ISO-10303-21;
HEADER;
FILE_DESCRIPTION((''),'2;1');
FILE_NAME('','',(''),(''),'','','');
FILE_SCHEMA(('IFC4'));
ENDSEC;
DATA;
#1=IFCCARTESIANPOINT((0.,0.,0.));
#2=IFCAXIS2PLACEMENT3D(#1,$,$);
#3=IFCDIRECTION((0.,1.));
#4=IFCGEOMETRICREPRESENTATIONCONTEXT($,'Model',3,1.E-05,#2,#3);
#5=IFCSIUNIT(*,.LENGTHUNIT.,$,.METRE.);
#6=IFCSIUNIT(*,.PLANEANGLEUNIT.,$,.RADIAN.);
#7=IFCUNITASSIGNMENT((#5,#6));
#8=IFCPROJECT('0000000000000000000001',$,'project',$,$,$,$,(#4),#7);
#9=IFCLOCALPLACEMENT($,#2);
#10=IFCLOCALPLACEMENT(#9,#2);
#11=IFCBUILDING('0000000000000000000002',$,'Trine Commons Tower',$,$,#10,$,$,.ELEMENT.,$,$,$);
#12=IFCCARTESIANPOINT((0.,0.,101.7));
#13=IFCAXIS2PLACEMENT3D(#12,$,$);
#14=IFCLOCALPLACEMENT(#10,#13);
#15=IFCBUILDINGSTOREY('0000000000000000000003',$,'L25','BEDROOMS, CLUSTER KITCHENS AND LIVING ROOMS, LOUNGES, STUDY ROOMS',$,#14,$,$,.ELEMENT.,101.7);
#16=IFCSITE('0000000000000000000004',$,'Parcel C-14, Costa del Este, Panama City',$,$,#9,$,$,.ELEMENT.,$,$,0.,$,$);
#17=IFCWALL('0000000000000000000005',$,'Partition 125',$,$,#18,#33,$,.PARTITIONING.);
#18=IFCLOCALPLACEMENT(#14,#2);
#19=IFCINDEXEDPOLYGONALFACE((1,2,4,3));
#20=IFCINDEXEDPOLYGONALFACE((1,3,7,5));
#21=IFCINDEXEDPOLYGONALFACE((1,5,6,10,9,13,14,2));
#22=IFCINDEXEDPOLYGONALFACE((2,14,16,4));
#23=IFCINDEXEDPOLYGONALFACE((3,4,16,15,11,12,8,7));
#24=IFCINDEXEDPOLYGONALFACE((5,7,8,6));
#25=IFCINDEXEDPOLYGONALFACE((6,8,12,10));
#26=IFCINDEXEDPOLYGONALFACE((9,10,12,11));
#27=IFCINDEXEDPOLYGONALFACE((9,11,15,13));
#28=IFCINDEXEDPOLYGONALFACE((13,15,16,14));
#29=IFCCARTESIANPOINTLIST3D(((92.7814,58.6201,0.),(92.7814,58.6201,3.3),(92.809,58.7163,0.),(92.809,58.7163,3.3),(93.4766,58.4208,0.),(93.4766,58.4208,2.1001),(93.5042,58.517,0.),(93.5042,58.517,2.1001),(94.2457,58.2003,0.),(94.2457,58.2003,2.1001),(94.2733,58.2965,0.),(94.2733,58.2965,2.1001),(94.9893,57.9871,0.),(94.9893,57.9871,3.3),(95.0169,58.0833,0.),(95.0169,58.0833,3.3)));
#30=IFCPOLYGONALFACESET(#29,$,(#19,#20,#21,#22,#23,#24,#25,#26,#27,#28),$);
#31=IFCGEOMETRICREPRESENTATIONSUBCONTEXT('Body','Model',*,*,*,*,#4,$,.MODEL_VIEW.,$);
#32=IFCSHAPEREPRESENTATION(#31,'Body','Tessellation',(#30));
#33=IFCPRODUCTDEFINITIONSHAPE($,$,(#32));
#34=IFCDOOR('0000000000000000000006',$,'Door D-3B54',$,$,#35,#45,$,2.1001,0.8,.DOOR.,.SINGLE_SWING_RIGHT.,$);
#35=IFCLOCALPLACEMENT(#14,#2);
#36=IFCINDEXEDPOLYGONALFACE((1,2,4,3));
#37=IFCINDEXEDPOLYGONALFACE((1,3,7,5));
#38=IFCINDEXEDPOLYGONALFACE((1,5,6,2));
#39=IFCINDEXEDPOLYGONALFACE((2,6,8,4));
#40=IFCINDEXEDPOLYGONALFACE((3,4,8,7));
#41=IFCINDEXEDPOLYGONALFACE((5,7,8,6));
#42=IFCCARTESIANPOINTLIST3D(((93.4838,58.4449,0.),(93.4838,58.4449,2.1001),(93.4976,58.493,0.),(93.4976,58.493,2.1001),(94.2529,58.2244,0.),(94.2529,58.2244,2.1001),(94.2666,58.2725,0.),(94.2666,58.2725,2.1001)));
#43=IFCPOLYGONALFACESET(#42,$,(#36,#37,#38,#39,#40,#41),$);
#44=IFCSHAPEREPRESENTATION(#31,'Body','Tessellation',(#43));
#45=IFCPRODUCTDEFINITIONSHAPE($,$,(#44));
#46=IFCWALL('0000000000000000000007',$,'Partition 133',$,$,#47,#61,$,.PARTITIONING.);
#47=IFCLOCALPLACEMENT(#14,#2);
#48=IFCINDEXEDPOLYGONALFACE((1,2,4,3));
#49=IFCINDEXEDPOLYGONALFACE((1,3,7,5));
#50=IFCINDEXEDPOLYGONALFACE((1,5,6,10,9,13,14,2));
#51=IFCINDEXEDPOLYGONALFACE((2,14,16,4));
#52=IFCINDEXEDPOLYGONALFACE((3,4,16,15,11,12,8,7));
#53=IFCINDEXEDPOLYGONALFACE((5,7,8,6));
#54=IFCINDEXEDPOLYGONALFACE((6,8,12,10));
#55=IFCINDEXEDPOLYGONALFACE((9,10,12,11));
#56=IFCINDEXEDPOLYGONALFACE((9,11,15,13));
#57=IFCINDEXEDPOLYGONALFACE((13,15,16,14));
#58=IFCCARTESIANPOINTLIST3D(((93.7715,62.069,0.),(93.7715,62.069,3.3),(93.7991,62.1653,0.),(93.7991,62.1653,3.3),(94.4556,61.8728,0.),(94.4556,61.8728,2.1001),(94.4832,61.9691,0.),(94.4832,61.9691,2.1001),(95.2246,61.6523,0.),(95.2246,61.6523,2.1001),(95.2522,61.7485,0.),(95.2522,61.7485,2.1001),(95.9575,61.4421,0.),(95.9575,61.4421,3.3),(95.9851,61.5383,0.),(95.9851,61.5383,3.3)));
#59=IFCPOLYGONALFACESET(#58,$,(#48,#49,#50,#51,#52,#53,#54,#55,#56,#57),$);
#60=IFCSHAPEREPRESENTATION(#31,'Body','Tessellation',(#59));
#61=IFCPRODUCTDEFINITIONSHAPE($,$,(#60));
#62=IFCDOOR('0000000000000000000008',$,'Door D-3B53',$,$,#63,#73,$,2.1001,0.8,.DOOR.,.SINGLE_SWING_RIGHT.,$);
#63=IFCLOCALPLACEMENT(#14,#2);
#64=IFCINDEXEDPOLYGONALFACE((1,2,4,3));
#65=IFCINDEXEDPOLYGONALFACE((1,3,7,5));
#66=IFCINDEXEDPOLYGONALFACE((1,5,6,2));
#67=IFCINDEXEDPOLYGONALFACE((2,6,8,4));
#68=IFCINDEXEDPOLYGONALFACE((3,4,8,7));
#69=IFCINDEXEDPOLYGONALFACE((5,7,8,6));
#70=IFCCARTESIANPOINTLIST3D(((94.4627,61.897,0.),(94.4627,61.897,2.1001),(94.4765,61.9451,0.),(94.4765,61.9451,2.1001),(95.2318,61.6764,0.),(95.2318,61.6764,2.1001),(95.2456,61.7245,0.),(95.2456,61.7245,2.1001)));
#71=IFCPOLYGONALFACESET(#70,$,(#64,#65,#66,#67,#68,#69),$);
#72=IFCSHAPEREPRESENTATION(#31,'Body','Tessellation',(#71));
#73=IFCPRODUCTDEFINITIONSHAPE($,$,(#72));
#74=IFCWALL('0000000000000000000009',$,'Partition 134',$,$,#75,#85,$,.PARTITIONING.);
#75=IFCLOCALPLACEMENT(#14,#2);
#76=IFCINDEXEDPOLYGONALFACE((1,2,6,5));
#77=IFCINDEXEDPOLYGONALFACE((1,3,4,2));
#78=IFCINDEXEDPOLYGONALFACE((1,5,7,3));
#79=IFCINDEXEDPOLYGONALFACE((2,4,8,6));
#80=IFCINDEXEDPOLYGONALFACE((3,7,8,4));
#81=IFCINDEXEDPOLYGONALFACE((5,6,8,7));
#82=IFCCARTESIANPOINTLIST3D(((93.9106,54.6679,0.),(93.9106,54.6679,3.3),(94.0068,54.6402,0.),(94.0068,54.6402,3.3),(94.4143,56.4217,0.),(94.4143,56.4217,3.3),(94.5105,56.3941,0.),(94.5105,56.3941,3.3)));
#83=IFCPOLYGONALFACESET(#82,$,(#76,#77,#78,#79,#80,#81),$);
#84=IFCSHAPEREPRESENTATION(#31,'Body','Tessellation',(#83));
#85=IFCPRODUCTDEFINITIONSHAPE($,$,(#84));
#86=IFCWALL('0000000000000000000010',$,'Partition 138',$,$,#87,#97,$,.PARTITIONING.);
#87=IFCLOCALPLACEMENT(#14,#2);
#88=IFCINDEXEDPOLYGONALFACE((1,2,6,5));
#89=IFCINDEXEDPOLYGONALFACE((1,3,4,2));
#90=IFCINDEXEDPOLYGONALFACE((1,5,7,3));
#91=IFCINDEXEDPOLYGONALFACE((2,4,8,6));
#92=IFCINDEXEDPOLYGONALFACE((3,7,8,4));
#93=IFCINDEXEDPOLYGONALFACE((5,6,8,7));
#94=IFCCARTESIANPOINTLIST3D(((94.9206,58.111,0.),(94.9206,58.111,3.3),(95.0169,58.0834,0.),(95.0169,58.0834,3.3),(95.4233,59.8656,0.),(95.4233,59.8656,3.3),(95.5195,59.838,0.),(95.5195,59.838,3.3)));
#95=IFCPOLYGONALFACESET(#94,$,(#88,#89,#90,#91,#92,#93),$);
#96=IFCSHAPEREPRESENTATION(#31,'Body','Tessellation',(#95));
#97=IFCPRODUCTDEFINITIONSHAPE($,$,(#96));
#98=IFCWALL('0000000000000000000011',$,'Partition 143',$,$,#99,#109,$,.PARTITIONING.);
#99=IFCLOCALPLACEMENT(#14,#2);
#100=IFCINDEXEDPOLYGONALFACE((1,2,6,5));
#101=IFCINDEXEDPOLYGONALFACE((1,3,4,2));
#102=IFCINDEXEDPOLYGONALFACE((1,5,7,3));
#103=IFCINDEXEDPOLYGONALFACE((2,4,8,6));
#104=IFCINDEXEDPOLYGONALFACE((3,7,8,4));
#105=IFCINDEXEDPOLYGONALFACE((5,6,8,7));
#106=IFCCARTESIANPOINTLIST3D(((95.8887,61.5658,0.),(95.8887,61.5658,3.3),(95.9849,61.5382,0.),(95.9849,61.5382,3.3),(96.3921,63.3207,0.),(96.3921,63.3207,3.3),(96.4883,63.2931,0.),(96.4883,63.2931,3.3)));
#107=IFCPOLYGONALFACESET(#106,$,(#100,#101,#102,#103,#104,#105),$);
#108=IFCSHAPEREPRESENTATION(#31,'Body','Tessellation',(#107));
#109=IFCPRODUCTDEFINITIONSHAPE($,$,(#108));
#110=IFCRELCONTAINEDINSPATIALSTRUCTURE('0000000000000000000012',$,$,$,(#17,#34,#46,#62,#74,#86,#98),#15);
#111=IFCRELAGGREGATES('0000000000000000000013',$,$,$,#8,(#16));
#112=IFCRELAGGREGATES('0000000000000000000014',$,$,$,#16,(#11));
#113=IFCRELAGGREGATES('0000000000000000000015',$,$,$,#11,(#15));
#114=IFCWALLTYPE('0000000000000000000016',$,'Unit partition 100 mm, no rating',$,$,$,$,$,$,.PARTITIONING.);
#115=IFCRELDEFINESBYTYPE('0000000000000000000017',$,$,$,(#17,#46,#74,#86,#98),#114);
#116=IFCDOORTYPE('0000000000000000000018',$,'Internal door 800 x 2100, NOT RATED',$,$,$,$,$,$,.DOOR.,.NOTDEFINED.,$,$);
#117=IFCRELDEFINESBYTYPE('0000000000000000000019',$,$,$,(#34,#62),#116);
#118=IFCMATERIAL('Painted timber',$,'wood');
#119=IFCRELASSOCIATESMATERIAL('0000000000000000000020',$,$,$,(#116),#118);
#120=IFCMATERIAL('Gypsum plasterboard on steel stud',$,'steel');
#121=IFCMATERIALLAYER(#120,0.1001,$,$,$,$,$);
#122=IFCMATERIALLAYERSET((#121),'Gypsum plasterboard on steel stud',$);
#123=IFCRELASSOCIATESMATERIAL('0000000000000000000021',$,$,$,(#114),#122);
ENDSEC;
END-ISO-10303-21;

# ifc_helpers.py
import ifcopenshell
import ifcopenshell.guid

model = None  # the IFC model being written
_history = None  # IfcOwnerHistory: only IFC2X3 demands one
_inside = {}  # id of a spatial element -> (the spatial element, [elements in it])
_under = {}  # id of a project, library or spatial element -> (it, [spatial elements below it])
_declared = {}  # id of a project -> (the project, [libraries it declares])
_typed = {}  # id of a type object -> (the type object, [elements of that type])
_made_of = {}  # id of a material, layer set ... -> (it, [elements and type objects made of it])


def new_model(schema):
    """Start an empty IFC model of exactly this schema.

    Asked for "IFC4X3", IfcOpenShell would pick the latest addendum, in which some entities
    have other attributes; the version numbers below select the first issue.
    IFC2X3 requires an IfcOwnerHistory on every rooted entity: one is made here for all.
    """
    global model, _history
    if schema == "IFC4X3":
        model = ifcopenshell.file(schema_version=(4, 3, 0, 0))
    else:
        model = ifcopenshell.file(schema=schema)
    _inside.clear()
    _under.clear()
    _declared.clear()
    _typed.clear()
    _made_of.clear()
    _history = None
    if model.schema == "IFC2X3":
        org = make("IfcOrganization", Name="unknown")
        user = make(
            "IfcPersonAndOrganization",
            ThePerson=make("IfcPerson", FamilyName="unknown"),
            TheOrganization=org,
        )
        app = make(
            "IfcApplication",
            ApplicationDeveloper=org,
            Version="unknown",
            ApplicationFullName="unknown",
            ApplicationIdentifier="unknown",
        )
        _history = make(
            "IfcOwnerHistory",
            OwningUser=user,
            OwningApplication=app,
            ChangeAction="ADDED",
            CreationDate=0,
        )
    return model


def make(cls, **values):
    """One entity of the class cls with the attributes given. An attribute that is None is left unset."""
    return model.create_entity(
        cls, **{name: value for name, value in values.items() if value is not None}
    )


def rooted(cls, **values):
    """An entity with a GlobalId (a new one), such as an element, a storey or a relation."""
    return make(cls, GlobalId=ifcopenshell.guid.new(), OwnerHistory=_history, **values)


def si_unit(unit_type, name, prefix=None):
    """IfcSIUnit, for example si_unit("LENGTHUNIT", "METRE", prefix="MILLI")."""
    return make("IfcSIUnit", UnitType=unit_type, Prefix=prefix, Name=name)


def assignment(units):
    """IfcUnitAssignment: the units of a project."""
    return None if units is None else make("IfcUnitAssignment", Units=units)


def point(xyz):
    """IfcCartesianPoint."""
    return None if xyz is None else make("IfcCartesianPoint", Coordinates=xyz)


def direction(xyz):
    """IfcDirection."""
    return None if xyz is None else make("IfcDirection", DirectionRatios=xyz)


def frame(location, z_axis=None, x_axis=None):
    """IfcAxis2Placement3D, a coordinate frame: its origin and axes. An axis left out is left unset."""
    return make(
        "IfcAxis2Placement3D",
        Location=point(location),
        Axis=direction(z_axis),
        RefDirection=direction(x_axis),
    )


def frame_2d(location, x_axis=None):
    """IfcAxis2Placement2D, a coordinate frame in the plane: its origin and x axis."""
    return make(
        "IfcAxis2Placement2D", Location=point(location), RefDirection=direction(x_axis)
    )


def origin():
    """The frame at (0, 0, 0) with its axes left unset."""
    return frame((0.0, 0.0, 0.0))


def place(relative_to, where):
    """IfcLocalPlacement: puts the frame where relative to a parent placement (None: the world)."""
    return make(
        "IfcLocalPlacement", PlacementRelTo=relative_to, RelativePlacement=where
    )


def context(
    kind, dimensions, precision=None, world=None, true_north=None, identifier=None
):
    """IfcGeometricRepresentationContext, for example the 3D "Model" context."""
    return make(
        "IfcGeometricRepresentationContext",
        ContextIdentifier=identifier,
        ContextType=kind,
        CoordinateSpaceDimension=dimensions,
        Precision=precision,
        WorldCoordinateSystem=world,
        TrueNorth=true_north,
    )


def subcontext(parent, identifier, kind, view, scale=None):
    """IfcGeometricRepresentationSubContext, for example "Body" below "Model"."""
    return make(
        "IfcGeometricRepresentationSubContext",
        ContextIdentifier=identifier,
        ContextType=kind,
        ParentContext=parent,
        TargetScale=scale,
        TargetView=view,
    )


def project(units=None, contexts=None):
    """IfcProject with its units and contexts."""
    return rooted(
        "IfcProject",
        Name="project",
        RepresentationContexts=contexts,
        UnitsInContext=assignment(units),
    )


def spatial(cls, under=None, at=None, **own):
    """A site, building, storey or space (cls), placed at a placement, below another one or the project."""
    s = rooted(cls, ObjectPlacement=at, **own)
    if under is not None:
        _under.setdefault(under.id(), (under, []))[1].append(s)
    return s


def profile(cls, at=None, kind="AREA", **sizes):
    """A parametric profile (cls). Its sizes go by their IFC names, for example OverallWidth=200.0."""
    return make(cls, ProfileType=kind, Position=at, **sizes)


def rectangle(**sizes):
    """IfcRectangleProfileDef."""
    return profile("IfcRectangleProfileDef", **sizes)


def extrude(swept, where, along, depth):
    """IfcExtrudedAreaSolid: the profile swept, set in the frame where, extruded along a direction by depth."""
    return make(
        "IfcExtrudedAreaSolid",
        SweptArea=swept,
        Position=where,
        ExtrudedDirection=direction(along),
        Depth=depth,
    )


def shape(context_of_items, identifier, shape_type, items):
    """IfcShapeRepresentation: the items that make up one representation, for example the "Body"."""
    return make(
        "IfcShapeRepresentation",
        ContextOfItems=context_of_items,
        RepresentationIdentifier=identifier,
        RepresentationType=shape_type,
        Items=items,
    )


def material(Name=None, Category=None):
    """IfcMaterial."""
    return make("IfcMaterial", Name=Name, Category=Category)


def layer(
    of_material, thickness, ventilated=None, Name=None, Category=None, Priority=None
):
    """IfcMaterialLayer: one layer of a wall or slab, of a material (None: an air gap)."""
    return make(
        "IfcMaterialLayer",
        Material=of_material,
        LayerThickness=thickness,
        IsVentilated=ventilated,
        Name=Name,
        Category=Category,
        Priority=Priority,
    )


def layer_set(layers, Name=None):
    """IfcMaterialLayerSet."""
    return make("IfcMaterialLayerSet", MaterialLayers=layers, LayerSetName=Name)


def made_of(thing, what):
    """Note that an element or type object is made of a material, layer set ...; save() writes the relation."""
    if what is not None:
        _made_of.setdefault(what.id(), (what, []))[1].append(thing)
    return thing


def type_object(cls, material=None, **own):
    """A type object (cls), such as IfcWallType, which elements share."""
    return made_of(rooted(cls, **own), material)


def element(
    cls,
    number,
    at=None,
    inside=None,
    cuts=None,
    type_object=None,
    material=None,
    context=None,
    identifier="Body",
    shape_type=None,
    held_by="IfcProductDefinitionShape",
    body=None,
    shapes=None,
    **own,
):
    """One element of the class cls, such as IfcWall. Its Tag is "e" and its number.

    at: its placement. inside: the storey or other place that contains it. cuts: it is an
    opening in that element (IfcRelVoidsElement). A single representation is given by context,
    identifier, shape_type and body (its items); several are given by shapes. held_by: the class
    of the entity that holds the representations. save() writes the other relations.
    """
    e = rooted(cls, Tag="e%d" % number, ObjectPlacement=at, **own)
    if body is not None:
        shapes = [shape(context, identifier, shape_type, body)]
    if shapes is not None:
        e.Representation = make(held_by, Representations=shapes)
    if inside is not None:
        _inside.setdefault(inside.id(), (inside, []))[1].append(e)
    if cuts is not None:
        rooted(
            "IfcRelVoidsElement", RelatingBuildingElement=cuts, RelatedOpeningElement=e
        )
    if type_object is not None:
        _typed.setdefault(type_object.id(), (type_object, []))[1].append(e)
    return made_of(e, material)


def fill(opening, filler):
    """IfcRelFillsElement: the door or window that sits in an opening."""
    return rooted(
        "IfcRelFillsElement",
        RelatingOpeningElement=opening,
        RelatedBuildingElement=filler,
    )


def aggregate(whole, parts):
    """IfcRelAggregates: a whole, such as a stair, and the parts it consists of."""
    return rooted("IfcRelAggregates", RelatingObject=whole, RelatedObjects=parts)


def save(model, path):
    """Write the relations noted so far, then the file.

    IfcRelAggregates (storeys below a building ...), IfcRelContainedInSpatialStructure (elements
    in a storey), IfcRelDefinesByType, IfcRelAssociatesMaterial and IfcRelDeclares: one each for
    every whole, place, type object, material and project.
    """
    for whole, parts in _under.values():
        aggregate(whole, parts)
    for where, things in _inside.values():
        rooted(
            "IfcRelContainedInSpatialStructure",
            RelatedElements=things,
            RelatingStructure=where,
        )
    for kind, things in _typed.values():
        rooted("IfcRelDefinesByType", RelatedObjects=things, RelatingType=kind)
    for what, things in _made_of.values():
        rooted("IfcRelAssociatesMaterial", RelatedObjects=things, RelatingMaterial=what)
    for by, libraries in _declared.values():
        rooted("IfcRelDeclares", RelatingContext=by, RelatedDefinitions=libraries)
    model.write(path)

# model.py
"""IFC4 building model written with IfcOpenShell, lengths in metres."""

from ifc_helpers import new_model, si_unit, direction, frame, frame_2d, origin, place, context, subcontext, project, spatial, rectangle, extrude, material, layer, layer_set, type_object, element, fill, save


model = new_model("IFC4")

# Units and contexts
model_context = context("Model", 3, precision=1e-05, world=origin(), true_north=direction((0.0, 1.0)))
body_context = subcontext(model_context, "Body", "Model", "MODEL_VIEW")
ifc_project = project(units=[si_unit("LENGTHUNIT", "METRE"), si_unit("PLANEANGLEUNIT", "RADIAN")], contexts=[model_context])

# Site, building, storey
site_placement = place(None, origin())
site = spatial("IfcSite", under=ifc_project, at=site_placement, Name="Parcel C-14, Costa del Este, Panama City", CompositionType="ELEMENT", RefElevation=0.0)
building_placement = place(site_placement, origin())
building = spatial("IfcBuilding", under=site, at=building_placement, Name="Trine Commons Tower", CompositionType="ELEMENT")
storey_placement = place(building_placement, frame((0.0, 0.0, 101.7)))
storey = spatial("IfcBuildingStorey", under=building, at=storey_placement, Name="L25", Description="BEDROOMS, CLUSTER KITCHENS AND LIVING ROOMS, LOUNGES, STUDY ROOMS", CompositionType="ELEMENT", Elevation=101.7)

# Shared definitions
ifc_material_1 = material(Name="Gypsum plasterboard on steel stud", Category="steel")

# Shared definitions
ifc_material_2 = material(Name="Painted timber", Category="wood")
door_type_1 = type_object("IfcDoorType", Name="Internal door 800 x 2100, NOT RATED", OperationType="NOTDEFINED", PredefinedType="DOOR", material=ifc_material_2)

# Shared definitions
ifc_layer_1 = layer(ifc_material_1, 0.1001)
ifc_layer_set_1 = layer_set([ifc_layer_1], Name="Gypsum plasterboard on steel stud")
wall_type_1 = type_object("IfcWallType", Name="Unit partition 100 mm, no rating", PredefinedType="PARTITIONING", material=ifc_layer_set_1)

# Walls, openings, doors
wall_1_placement = place(storey_placement, frame((92.7952, 58.6682, 0.0), z_axis=(0.0, 0.0, 1.0), x_axis=(0.961271, -0.275605, 0.0)))
wall_1 = element("IfcWall", 1, at=wall_1_placement, inside=storey, type_object=wall_type_1, Name="Partition 125", PredefinedType="PARTITIONING", context=body_context, shape_type="SweptSolid", body=[
    extrude(rectangle(XDim=2.2969, YDim=0.1001, at=frame_2d((1.1484, 0.0))), origin(), (0.0, 0.0, 1.0), 3.3),
])
opening_1_placement = place(wall_1_placement, frame((0.7234, 0.0, 0.0)))
opening_1 = element("IfcOpeningElement", 2, at=opening_1_placement, cuts=wall_1, PredefinedType="OPENING", context=body_context, shape_type="SweptSolid", body=[
    extrude(rectangle(XDim=0.8, YDim=2.1001, at=frame_2d((0.3999, 1.05))), frame((0.0, 0.0601, 0.0), z_axis=(0.0, -1.0, 0.0), x_axis=(1.0, 0.0, 0.0)), (0.0, 0.0, 1.0), 0.1201),
])
door_1_placement = place(opening_1_placement, frame((0.8, 0.0, 0.0), z_axis=(0.0, 0.0, 1.0), x_axis=(-1.0, 0.0, 0.0)))
door_1 = element("IfcDoor", 3, at=door_1_placement, inside=storey, type_object=door_type_1, Name="Door D-3B54", OperationType="SINGLE_SWING_RIGHT", OverallHeight=2.1001, OverallWidth=0.8, PredefinedType="DOOR", context=body_context, shape_type="SweptSolid", body=[
    extrude(rectangle(XDim=0.8, YDim=2.1001, at=frame_2d((0.3999, 1.05))), frame((0.0, 0.0249, 0.0), z_axis=(0.0, -1.0, 0.0), x_axis=(1.0, 0.0, 0.0)), (0.0, 0.0, 1.0), 0.05),
])
fill(opening_1, door_1)
wall_2_placement = place(storey_placement, frame((93.7852, 62.1172, 0.0), z_axis=(0.0, 0.0, 1.0), x_axis=(0.961248, -0.275685, 0.0)))
wall_2 = element("IfcWall", 4, at=wall_2_placement, inside=storey, type_object=wall_type_1, Name="Partition 133", PredefinedType="PARTITIONING", context=body_context, shape_type="SweptSolid", body=[
    extrude(rectangle(XDim=2.2742, YDim=0.1001, at=frame_2d((1.1372, 0.0))), origin(), (0.0, 0.0, 1.0), 3.3),
])
opening_2_placement = place(wall_2_placement, frame((0.7119, 0.0, 0.0)))
opening_2 = element("IfcOpeningElement", 5, at=opening_2_placement, cuts=wall_2, PredefinedType="OPENING", context=body_context, shape_type="SweptSolid", body=[
    extrude(rectangle(XDim=0.8, YDim=2.1001, at=frame_2d((0.3999, 1.05))), frame((0.0, 0.0601, 0.0), z_axis=(0.0, -1.0, 0.0), x_axis=(1.0, 0.0, 0.0)), (0.0, 0.0, 1.0), 0.1201),
])
door_2_placement = place(opening_2_placement, frame((0.8, 0.0, 0.0), z_axis=(0.0, 0.0, 1.0), x_axis=(-1.0, 0.0, 0.0)))
door_2 = element("IfcDoor", 6, at=door_2_placement, inside=storey, type_object=door_type_1, Name="Door D-3B53", OperationType="SINGLE_SWING_RIGHT", OverallHeight=2.1001, OverallWidth=0.8, PredefinedType="DOOR", context=body_context, shape_type="SweptSolid", body=[
    extrude(rectangle(XDim=0.8, YDim=2.1001, at=frame_2d((0.3999, 1.05))), frame((0.0, 0.0249, 0.0), z_axis=(0.0, -1.0, 0.0), x_axis=(1.0, 0.0, 0.0)), (0.0, 0.0, 1.0), 0.05),
])
fill(opening_2, door_2)

# Walls
wall_3_placement = place(storey_placement, frame((93.9587, 54.6541, 0.0), z_axis=(0.0, 0.0, 1.0), x_axis=(0.276011, 0.961155, 0.0)))
element("IfcWall", 7, at=wall_3_placement, inside=storey, type_object=wall_type_1, Name="Partition 134", PredefinedType="PARTITIONING", context=body_context, shape_type="SweptSolid", body=[
    extrude(rectangle(XDim=1.8247, YDim=0.1001, at=frame_2d((0.9124, 0.0))), origin(), (0.0, 0.0, 1.0), 3.3),
])
wall_4_placement = place(storey_placement, frame((94.9688, 58.0972, 0.0), z_axis=(0.0, 0.0, 1.0), x_axis=(0.27541, 0.961327, 0.0)))
element("IfcWall", 8, at=wall_4_placement, inside=storey, type_object=wall_type_1, Name="Partition 138", PredefinedType="PARTITIONING", context=body_context, shape_type="SweptSolid", body=[
    extrude(rectangle(XDim=1.8252, YDim=0.1001, at=frame_2d((0.9126, 0.0))), origin(), (0.0, 0.0, 1.0), 3.3),
])
wall_5_placement = place(storey_placement, frame((95.9368, 61.552, 0.0), z_axis=(0.0, 0.0, 1.0), x_axis=(0.275745, 0.961231, 0.0)))
element("IfcWall", 9, at=wall_5_placement, inside=storey, type_object=wall_type_1, Name="Partition 143", PredefinedType="PARTITIONING", context=body_context, shape_type="SweptSolid", body=[
    extrude(rectangle(XDim=1.8257, YDim=0.1001, at=frame_2d((0.9128, 0.0))), origin(), (0.0, 0.0, 1.0), 3.3),
])

save(model, "model.ifc")
